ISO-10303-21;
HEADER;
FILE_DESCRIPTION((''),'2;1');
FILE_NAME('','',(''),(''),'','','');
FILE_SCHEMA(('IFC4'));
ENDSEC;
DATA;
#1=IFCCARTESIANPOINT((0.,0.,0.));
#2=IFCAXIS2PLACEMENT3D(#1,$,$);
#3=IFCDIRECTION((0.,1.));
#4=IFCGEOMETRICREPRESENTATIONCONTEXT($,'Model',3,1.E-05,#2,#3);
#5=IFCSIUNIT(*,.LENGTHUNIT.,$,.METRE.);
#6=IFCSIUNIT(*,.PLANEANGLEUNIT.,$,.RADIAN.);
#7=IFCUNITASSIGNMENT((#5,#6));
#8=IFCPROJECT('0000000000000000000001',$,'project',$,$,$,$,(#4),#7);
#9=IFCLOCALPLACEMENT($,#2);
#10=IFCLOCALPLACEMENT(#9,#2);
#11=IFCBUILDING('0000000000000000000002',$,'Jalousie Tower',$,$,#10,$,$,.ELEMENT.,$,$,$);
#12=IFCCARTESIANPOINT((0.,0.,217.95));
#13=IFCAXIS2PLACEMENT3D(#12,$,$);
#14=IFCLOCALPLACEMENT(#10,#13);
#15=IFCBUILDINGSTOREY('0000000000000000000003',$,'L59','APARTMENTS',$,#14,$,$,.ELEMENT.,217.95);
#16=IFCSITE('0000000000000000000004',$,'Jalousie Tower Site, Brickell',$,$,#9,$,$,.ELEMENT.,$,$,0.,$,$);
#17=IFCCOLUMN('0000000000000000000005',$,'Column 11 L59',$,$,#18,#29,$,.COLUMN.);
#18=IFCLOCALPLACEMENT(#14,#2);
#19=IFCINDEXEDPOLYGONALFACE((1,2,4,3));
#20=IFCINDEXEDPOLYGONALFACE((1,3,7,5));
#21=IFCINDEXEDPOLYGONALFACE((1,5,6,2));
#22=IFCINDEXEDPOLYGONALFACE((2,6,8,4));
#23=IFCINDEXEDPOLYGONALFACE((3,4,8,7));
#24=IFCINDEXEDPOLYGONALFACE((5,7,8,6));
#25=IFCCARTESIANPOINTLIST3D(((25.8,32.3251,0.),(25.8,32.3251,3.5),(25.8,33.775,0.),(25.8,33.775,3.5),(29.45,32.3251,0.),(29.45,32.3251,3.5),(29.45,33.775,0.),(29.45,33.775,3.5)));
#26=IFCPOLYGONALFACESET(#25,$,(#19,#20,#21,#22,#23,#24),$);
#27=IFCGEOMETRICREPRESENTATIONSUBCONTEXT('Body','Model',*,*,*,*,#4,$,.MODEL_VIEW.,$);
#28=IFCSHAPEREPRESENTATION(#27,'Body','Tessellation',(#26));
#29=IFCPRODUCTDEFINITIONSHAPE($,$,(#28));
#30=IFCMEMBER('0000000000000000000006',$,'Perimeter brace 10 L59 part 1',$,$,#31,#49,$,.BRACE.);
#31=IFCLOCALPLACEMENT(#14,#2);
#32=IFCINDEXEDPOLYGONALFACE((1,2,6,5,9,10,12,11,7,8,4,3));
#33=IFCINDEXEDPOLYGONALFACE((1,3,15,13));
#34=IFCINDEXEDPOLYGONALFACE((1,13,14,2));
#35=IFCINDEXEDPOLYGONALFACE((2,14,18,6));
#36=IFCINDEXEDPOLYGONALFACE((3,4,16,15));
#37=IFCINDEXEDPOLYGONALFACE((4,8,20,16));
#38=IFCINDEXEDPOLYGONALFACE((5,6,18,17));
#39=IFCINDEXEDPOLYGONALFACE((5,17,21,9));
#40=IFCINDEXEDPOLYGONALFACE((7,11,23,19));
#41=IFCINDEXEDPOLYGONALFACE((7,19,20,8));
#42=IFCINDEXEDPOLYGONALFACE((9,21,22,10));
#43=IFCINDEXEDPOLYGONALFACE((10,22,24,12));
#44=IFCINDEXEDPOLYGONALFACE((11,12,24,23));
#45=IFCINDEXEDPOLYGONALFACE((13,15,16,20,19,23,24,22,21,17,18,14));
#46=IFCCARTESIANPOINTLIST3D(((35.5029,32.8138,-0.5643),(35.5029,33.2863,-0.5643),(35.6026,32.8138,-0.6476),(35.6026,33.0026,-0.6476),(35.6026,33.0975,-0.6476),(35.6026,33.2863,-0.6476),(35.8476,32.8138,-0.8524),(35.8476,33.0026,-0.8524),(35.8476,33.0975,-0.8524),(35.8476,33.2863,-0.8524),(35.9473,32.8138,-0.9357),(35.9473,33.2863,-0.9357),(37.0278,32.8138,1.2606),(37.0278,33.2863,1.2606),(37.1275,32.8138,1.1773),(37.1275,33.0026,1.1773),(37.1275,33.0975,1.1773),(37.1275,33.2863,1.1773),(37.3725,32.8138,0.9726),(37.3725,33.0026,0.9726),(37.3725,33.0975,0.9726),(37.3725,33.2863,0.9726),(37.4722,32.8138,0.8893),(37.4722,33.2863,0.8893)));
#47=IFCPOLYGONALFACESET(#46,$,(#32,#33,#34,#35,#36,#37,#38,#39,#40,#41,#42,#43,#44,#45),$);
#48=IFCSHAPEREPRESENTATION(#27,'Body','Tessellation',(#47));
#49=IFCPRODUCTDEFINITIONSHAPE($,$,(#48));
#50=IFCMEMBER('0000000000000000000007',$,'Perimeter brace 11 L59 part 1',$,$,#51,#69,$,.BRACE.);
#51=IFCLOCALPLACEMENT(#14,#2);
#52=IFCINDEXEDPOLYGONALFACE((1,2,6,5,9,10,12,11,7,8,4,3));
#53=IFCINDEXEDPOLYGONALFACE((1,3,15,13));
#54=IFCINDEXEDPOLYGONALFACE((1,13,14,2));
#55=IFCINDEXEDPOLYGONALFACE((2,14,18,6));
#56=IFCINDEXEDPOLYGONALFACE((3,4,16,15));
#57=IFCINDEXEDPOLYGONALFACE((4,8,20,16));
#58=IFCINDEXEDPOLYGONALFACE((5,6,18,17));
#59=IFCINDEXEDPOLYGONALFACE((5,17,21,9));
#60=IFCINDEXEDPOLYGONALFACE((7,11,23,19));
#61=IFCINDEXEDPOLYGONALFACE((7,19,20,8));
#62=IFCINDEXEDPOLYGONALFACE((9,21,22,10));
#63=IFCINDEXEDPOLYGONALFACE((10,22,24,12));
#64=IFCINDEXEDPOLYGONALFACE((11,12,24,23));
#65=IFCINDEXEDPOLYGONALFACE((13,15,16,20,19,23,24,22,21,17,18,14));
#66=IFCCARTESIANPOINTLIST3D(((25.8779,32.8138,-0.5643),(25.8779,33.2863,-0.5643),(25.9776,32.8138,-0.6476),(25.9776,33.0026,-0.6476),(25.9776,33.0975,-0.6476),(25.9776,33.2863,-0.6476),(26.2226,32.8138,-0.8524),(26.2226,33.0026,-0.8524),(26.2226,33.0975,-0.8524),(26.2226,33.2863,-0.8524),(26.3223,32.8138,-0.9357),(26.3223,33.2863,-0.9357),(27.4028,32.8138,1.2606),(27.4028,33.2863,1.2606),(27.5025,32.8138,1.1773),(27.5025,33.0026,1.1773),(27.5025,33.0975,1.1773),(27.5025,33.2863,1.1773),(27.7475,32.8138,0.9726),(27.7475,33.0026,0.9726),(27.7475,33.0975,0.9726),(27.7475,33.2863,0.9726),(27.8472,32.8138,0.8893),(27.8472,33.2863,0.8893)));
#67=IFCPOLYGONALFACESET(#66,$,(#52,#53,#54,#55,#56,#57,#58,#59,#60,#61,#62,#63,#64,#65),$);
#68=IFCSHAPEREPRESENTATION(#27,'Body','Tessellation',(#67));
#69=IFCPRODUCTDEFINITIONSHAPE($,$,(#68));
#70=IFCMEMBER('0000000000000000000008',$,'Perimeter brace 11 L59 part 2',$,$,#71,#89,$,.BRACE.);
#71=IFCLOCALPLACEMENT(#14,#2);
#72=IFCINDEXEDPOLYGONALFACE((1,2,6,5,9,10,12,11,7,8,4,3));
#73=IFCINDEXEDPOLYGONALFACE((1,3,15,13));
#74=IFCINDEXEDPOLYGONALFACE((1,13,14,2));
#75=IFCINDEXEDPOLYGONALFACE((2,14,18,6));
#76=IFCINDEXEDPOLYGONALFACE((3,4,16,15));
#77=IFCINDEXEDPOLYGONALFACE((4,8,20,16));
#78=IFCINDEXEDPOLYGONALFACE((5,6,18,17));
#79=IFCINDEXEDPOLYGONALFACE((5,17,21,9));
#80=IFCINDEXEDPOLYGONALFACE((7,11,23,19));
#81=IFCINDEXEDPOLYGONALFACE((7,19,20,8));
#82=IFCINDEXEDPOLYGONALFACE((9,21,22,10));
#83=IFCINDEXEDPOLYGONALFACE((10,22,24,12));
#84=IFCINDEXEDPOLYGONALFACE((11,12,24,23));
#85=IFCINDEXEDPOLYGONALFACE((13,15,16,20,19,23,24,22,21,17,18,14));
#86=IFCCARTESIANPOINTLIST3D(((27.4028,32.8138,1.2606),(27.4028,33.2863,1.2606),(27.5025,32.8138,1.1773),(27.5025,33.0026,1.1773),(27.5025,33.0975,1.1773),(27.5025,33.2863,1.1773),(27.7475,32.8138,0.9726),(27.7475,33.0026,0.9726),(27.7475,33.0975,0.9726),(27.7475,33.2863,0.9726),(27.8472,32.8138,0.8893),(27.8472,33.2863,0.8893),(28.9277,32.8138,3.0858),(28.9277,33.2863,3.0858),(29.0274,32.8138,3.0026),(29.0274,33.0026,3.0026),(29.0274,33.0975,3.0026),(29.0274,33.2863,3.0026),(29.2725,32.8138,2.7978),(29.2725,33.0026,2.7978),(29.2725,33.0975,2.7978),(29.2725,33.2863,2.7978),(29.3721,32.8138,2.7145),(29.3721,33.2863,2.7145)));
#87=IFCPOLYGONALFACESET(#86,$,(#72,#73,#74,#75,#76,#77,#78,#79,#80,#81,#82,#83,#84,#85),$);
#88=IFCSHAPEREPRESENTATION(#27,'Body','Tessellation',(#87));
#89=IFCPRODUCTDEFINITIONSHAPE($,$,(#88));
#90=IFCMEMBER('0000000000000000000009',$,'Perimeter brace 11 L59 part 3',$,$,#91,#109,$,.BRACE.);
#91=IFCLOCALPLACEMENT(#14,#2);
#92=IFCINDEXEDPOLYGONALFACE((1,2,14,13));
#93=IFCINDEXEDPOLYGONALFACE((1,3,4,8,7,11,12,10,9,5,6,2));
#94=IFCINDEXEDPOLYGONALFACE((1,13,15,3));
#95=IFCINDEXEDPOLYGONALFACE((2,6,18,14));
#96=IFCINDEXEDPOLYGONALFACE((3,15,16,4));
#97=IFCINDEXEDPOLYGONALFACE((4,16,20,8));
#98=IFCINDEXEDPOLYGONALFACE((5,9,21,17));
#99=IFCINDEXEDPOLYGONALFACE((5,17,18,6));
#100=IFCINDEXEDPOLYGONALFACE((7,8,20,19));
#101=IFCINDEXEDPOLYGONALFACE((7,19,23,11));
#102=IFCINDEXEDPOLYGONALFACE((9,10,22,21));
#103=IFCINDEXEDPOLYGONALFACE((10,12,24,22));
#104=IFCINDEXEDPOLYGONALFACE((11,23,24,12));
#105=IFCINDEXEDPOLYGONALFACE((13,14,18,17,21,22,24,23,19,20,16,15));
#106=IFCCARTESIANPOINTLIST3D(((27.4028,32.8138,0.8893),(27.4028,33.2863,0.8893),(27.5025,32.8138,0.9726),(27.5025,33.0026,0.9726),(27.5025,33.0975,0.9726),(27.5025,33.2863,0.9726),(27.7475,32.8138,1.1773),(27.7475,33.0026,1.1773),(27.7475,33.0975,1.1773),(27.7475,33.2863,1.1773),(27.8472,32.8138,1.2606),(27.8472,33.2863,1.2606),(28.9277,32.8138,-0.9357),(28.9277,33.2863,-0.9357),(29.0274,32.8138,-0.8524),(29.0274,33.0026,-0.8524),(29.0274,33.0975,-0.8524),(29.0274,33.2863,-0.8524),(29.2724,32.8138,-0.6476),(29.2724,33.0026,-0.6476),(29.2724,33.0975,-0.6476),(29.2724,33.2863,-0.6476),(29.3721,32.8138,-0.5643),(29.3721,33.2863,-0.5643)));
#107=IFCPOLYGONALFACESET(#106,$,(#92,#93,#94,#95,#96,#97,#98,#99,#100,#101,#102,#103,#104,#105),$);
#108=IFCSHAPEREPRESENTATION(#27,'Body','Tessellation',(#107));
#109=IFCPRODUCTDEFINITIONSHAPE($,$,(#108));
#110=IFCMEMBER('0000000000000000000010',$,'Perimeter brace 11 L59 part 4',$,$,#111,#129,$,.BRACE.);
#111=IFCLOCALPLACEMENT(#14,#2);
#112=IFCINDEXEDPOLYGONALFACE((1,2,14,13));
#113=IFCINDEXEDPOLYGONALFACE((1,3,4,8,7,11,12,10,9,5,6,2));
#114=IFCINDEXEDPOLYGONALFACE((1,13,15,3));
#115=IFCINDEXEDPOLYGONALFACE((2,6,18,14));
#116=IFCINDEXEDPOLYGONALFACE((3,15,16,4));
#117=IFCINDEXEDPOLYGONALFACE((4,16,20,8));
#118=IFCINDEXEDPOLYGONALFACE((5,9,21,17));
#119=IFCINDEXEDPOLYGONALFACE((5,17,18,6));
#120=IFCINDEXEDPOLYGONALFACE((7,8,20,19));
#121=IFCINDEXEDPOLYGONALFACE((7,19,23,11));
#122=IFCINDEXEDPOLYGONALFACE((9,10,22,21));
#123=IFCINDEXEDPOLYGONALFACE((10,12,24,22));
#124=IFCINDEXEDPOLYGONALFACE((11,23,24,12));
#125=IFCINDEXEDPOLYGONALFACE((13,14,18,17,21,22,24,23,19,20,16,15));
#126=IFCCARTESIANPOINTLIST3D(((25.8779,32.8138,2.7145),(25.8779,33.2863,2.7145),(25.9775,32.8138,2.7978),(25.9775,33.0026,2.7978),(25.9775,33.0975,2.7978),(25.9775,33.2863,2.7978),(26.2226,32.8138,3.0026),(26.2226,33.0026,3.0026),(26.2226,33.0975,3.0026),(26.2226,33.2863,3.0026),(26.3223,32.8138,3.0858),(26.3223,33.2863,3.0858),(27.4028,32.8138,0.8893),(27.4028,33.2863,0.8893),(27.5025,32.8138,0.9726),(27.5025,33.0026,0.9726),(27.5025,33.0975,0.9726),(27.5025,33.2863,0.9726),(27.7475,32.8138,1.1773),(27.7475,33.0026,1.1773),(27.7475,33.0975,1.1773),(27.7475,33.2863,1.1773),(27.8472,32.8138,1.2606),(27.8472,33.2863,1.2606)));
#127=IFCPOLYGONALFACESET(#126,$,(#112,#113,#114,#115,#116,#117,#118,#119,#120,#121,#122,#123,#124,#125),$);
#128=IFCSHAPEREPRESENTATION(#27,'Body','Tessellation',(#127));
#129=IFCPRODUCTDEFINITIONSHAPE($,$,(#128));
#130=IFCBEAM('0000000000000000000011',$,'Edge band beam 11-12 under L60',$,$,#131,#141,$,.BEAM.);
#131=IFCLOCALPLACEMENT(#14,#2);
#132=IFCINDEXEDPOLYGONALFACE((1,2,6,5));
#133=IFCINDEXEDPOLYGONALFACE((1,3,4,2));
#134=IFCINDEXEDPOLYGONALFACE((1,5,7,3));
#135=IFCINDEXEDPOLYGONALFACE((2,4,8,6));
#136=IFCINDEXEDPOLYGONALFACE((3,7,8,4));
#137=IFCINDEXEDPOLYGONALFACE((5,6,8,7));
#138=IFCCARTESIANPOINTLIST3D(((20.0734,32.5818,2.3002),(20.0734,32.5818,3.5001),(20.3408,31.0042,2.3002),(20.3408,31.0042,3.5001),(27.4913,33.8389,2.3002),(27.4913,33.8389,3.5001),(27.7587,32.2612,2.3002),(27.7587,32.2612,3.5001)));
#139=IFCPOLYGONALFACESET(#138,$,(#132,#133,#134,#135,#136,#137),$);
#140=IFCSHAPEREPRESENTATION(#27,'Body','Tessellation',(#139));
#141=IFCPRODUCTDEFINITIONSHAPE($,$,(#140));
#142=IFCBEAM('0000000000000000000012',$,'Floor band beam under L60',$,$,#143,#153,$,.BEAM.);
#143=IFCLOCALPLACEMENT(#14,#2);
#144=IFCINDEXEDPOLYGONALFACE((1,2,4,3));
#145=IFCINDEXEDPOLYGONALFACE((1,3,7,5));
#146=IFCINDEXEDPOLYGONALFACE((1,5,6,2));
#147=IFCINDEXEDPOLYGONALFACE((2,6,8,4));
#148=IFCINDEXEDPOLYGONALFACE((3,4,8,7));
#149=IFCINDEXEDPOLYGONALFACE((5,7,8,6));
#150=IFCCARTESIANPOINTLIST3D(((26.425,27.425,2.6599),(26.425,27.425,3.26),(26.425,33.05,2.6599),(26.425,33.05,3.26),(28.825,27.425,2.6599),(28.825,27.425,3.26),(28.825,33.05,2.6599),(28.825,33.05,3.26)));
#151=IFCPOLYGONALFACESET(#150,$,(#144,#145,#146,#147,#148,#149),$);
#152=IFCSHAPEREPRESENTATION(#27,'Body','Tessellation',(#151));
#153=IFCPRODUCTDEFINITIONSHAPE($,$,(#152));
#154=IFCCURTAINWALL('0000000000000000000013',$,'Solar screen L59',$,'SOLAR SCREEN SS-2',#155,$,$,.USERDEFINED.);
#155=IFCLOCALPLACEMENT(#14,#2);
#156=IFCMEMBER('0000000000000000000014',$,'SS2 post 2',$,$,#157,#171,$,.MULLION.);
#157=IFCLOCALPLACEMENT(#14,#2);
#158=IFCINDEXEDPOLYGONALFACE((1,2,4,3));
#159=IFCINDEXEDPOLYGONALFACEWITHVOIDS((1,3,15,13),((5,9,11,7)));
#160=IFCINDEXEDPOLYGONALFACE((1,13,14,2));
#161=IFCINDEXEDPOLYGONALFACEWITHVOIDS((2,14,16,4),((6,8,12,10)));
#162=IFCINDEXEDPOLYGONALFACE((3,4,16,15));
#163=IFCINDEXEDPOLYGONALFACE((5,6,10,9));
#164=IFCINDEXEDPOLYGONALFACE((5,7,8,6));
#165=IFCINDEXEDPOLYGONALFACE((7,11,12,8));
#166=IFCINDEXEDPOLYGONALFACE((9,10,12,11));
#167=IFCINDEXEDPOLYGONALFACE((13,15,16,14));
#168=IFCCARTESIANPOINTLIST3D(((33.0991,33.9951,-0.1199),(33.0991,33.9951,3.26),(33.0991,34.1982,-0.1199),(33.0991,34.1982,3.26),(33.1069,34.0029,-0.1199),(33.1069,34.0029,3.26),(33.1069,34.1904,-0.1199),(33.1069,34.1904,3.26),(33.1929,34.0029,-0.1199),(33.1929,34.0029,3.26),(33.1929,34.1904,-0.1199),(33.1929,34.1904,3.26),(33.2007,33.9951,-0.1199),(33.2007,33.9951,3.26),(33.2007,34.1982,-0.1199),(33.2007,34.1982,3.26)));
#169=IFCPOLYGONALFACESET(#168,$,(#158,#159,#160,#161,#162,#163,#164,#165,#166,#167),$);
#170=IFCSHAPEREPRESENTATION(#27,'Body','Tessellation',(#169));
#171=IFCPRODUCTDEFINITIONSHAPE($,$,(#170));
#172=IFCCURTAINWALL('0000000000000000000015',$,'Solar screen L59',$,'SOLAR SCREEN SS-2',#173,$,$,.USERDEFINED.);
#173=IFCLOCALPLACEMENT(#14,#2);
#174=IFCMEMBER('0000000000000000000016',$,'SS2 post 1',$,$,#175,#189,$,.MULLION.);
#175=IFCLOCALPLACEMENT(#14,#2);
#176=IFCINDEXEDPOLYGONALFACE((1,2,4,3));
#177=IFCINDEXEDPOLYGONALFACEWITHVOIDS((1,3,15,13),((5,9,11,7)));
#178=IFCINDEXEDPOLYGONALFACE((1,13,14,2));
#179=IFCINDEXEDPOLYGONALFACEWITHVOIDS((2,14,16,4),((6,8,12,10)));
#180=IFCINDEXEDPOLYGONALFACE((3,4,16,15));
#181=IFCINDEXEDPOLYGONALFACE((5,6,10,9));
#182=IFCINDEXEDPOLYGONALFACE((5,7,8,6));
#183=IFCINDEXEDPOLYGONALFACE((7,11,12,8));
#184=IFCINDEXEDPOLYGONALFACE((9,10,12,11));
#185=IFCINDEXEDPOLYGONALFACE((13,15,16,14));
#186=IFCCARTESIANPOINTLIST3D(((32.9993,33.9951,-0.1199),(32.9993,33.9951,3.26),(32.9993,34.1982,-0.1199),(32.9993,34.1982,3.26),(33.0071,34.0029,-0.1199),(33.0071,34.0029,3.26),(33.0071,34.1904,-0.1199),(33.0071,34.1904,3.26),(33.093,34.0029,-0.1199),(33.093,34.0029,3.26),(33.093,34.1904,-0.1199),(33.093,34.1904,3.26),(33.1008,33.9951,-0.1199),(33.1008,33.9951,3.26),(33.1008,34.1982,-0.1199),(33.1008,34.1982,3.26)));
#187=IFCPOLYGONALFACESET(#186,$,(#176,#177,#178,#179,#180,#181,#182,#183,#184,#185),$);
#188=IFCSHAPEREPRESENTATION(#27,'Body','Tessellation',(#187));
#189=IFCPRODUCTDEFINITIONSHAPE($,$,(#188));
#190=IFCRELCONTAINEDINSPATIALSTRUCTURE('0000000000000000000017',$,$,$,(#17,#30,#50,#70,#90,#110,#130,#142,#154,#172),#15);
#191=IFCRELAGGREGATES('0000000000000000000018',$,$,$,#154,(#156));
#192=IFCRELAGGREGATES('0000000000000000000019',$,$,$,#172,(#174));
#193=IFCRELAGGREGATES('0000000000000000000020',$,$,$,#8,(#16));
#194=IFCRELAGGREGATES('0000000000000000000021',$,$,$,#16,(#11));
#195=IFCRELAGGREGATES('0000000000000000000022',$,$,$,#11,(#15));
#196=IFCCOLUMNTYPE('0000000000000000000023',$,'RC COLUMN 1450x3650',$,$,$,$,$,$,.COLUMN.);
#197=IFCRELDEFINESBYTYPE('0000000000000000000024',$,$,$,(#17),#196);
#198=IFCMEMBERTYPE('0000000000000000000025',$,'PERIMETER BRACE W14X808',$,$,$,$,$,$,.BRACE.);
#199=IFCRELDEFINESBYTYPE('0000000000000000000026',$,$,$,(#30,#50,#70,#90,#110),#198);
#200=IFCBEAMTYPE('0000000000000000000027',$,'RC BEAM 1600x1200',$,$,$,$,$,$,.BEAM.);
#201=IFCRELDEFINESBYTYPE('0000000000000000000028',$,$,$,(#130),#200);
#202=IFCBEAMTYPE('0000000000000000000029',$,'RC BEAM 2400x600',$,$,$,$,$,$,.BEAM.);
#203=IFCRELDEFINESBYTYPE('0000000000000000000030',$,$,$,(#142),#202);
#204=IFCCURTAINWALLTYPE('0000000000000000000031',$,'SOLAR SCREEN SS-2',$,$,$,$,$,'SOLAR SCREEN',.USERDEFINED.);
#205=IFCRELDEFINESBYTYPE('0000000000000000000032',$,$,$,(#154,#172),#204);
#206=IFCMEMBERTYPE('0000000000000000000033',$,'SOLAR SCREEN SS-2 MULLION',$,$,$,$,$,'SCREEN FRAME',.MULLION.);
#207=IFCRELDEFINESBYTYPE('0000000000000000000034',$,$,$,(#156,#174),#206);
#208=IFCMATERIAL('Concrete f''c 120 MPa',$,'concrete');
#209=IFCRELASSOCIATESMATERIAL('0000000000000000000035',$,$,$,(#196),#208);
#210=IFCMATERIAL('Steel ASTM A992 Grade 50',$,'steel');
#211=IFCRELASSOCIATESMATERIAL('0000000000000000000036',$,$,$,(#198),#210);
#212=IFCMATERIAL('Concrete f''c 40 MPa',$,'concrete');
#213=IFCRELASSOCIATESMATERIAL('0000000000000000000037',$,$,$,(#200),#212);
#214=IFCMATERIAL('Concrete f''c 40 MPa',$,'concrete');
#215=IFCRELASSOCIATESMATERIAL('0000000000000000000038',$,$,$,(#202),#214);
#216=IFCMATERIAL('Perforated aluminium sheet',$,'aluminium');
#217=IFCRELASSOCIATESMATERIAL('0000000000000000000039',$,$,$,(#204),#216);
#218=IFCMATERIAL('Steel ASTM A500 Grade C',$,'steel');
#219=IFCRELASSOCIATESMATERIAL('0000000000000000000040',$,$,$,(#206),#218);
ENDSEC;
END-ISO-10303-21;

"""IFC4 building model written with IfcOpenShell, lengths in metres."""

from ifc_helpers import new_model, si_unit, direction, frame, origin, origin_2d, place, context, subcontext, project, spatial, rectangle, hollow_rectangle, i_section, extrude, material, material_profile, profile_set, type_object, element, aggregate, save


model = new_model("IFC4")

# Units and contexts
model_context = context("Model", 3, precision=1e-05, world=origin(), true_north=direction((0.0, 1.0)))
body_context = subcontext(model_context, "Body", "Model", "MODEL_VIEW")
ifc_project = project(units=[si_unit("LENGTHUNIT", "METRE"), si_unit("PLANEANGLEUNIT", "RADIAN")], contexts=[model_context])

# Site, building, storey
site_placement = place(None, origin())
site = spatial("IfcSite", under=ifc_project, at=site_placement, Name="Jalousie Tower Site, Brickell", CompositionType="ELEMENT", RefElevation=0.0)
building_placement = place(site_placement, origin())
building = spatial("IfcBuilding", under=site, at=building_placement, Name="Jalousie Tower", CompositionType="ELEMENT")
storey_placement = place(building_placement, frame((0.0, 0.0, 217.95)))
storey = spatial("IfcBuildingStorey", under=building, at=storey_placement, Name="L59", Description="APARTMENTS", CompositionType="ELEMENT", Elevation=217.95)

# Column
ifc_material_1 = material(Name="Concrete f'c 120 MPa", Category="concrete")
ifc_material_profile_1 = material_profile(ifc_material_1, rectangle(XDim=1.45, YDim=3.6499, at=origin_2d()), Name="RC 1450x3650")
ifc_profile_set_1 = profile_set([ifc_material_profile_1], Name="Concrete f'c 120 MPa")
column_type = type_object("IfcColumnType", Name="RC COLUMN 1450x3650", PredefinedType="COLUMN", material=ifc_profile_set_1)
column_placement = place(storey_placement, frame((27.625, 33.05, 0.0), z_axis=(0.0, 0.0, 1.0), x_axis=(0.0, 1.0, 0.0)))
element("IfcColumn", 1, at=column_placement, inside=storey, type_object=column_type, Name="Column 11 L59", PredefinedType="COLUMN", context=body_context, shape_type="SweptSolid", body=[
    extrude(rectangle(XDim=1.45, YDim=3.6499, at=origin_2d()), origin(), (0.0, 0.0, 1.0), 3.5),
])

# Members
ifc_material_2 = material(Name="Steel ASTM A992 Grade 50", Category="steel")
ifc_material_profile_2 = material_profile(ifc_material_2, i_section(OverallWidth=0.4724, OverallDepth=0.5791, WebThickness=0.095, FlangeThickness=0.1299, at=origin_2d()), Name="W14X808")
ifc_profile_set_2 = profile_set([ifc_material_profile_2], Name="Steel ASTM A992 Grade 50")
member_type_1 = type_object("IfcMemberType", Name="PERIMETER BRACE W14X808", PredefinedType="BRACE", material=ifc_profile_set_2)
for number, where, z_axis, x_axis, name in (
    (2, (35.7251, 33.05, -0.75), (0.641204, 0.0, 0.767371), (0.0, 1.0, 0.0), "Perimeter brace 10 L59 part 1"),
    (3, (26.1001, 33.05, -0.75), (0.641204, 0.0, 0.767371), (0.0, 1.0, 0.0), "Perimeter brace 11 L59 part 1"),
):
    element("IfcMember", number, at=place(storey_placement, frame(where, z_axis=z_axis, x_axis=x_axis)), inside=storey, type_object=member_type_1, Name=name, PredefinedType="BRACE", context=body_context, shape_type="SweptSolid", body=[
        extrude(i_section(OverallWidth=0.4724, OverallDepth=0.5791, WebThickness=0.095, FlangeThickness=0.1299, at=origin_2d()), origin(), (0.0, 0.0, 1.0), 2.3782),
    ])
member_1_placement = place(storey_placement, frame((27.625, 33.05, 1.075), z_axis=(0.641153, 0.0, 0.767413), x_axis=(0.0, 1.0, 0.0)))
element("IfcMember", 4, at=member_1_placement, inside=storey, type_object=member_type_1, Name="Perimeter brace 11 L59 part 2", PredefinedType="BRACE", context=body_context, shape_type="SweptSolid", body=[
    extrude(i_section(OverallWidth=0.4724, OverallDepth=0.5791, WebThickness=0.095, FlangeThickness=0.1299, at=origin_2d()), origin(), (0.0, 0.0, 1.0), 2.3784),
])
member_2_placement = place(storey_placement, frame((29.1499, 33.05, -0.75), z_axis=(-0.641204, 0.0, 0.767371), x_axis=(0.0, -1.0, 0.0)))
element("IfcMember", 5, at=member_2_placement, inside=storey, type_object=member_type_1, Name="Perimeter brace 11 L59 part 3", PredefinedType="BRACE", context=body_context, shape_type="SweptSolid", body=[
    extrude(i_section(OverallWidth=0.4724, OverallDepth=0.5791, WebThickness=0.095, FlangeThickness=0.1299, at=origin_2d()), origin(), (0.0, 0.0, 1.0), 2.3782),
])
member_3_placement = place(storey_placement, frame((27.625, 33.05, 1.075), z_axis=(-0.641153, 0.0, 0.767413), x_axis=(0.0, -1.0, 0.0)))
element("IfcMember", 6, at=member_3_placement, inside=storey, type_object=member_type_1, Name="Perimeter brace 11 L59 part 4", PredefinedType="BRACE", context=body_context, shape_type="SweptSolid", body=[
    extrude(i_section(OverallWidth=0.4724, OverallDepth=0.5791, WebThickness=0.095, FlangeThickness=0.1299, at=origin_2d()), origin(), (0.0, 0.0, 1.0), 2.3784),
])

# Beams
ifc_material_3 = material(Name="Concrete f'c 40 MPa", Category="concrete")
ifc_material_profile_3 = material_profile(ifc_material_3, rectangle(XDim=1.6001, YDim=1.2, at=origin_2d()), Name="RC 1600x1200")
ifc_profile_set_3 = profile_set([ifc_material_profile_3], Name="Concrete f'c 40 MPa")
beam_type_1 = type_object("IfcBeamType", Name="RC BEAM 1600x1200", PredefinedType="BEAM", material=ifc_profile_set_3)
beam_1_placement = place(storey_placement, frame((27.625, 33.05, 2.9001), z_axis=(-0.985943, -0.167082, 0.0), x_axis=(0.167082, -0.985943, 0.0)))
element("IfcBeam", 7, at=beam_1_placement, inside=storey, type_object=beam_type_1, Name="Edge band beam 11-12 under L60", PredefinedType="BEAM", context=body_context, shape_type="SweptSolid", body=[
    extrude(rectangle(XDim=1.6001, YDim=1.2, at=origin_2d()), origin(), (0.0, 0.0, 1.0), 7.5237),
])
ifc_material_4 = material(Name="Concrete f'c 40 MPa", Category="concrete")
ifc_material_profile_4 = material_profile(ifc_material_4, rectangle(XDim=2.3999, YDim=0.6001, at=origin_2d()), Name="RC 2400x600")
ifc_profile_set_4 = profile_set([ifc_material_profile_4], Name="Concrete f'c 40 MPa")
beam_type_2 = type_object("IfcBeamType", Name="RC BEAM 2400x600", PredefinedType="BEAM", material=ifc_profile_set_4)
beam_2_placement = place(storey_placement, frame((27.625, 33.05, 2.96), z_axis=(0.0, -1.0, 0.0), x_axis=(1.0, 0.0, 0.0)))
element("IfcBeam", 8, at=beam_2_placement, inside=storey, type_object=beam_type_2, Name="Floor band beam under L60", PredefinedType="BEAM", context=body_context, shape_type="SweptSolid", body=[
    extrude(rectangle(XDim=2.3999, YDim=0.6001, at=origin_2d()), origin(), (0.0, 0.0, 1.0), 5.625),
])

# Curtain wall, member
ifc_material_5 = material(Name="Perforated aluminium sheet", Category="aluminium")
curtain_wall_type = type_object("IfcCurtainWallType", Name="SOLAR SCREEN SS-2", ElementType="SOLAR SCREEN", PredefinedType="USERDEFINED", material=ifc_material_5)
curtain_wall_1_placement = place(storey_placement, origin())
curtain_wall_1 = element("IfcCurtainWall", 9, at=curtain_wall_1_placement, inside=storey, type_object=curtain_wall_type, Name="Solar screen L59", ObjectType="SOLAR SCREEN SS-2", PredefinedType="USERDEFINED")
ifc_material_6 = material(Name="Steel ASTM A500 Grade C", Category="steel")
ifc_material_profile_5 = material_profile(ifc_material_6, hollow_rectangle(XDim=0.1016, YDim=0.2031, WallThickness=0.0078, at=origin_2d()), Name="HSS8X4X5/16")
ifc_profile_set_5 = profile_set([ifc_material_profile_5], Name="Steel ASTM A500 Grade C")
member_type_2 = type_object("IfcMemberType", Name="SOLAR SCREEN SS-2 MULLION", ElementType="SCREEN FRAME", PredefinedType="MULLION", material=ifc_profile_set_5)
member_4_placement = place(storey_placement, frame((33.1499, 34.0967, -0.1199), z_axis=(0.0, 0.0, 1.0), x_axis=(-1.0, 0.0, 0.0)))
member_4 = element("IfcMember", 10, at=member_4_placement, type_object=member_type_2, Name="SS2 post 2", PredefinedType="MULLION", context=body_context, shape_type="SweptSolid", body=[
    extrude(hollow_rectangle(XDim=0.1016, YDim=0.2031, WallThickness=0.0078, at=origin_2d()), origin(), (0.0, 0.0, 1.0), 3.3799),
])

# Curtain wall, member
curtain_wall_2_placement = place(storey_placement, origin())
curtain_wall_2 = element("IfcCurtainWall", 11, at=curtain_wall_2_placement, inside=storey, type_object=curtain_wall_type, Name="Solar screen L59", ObjectType="SOLAR SCREEN SS-2", PredefinedType="USERDEFINED")
member_5_placement = place(storey_placement, frame((33.05, 34.0967, -0.1199), z_axis=(0.0, 0.0, 1.0), x_axis=(-1.0, 0.0, 0.0)))
member_5 = element("IfcMember", 12, at=member_5_placement, type_object=member_type_2, Name="SS2 post 1", PredefinedType="MULLION", context=body_context, shape_type="SweptSolid", body=[
    extrude(hollow_rectangle(XDim=0.1016, YDim=0.2031, WallThickness=0.0078, at=origin_2d()), origin(), (0.0, 0.0, 1.0), 3.3799),
])

aggregate(curtain_wall_1, [member_4])
aggregate(curtain_wall_2, [member_5])

save(model, "model.ifc")
